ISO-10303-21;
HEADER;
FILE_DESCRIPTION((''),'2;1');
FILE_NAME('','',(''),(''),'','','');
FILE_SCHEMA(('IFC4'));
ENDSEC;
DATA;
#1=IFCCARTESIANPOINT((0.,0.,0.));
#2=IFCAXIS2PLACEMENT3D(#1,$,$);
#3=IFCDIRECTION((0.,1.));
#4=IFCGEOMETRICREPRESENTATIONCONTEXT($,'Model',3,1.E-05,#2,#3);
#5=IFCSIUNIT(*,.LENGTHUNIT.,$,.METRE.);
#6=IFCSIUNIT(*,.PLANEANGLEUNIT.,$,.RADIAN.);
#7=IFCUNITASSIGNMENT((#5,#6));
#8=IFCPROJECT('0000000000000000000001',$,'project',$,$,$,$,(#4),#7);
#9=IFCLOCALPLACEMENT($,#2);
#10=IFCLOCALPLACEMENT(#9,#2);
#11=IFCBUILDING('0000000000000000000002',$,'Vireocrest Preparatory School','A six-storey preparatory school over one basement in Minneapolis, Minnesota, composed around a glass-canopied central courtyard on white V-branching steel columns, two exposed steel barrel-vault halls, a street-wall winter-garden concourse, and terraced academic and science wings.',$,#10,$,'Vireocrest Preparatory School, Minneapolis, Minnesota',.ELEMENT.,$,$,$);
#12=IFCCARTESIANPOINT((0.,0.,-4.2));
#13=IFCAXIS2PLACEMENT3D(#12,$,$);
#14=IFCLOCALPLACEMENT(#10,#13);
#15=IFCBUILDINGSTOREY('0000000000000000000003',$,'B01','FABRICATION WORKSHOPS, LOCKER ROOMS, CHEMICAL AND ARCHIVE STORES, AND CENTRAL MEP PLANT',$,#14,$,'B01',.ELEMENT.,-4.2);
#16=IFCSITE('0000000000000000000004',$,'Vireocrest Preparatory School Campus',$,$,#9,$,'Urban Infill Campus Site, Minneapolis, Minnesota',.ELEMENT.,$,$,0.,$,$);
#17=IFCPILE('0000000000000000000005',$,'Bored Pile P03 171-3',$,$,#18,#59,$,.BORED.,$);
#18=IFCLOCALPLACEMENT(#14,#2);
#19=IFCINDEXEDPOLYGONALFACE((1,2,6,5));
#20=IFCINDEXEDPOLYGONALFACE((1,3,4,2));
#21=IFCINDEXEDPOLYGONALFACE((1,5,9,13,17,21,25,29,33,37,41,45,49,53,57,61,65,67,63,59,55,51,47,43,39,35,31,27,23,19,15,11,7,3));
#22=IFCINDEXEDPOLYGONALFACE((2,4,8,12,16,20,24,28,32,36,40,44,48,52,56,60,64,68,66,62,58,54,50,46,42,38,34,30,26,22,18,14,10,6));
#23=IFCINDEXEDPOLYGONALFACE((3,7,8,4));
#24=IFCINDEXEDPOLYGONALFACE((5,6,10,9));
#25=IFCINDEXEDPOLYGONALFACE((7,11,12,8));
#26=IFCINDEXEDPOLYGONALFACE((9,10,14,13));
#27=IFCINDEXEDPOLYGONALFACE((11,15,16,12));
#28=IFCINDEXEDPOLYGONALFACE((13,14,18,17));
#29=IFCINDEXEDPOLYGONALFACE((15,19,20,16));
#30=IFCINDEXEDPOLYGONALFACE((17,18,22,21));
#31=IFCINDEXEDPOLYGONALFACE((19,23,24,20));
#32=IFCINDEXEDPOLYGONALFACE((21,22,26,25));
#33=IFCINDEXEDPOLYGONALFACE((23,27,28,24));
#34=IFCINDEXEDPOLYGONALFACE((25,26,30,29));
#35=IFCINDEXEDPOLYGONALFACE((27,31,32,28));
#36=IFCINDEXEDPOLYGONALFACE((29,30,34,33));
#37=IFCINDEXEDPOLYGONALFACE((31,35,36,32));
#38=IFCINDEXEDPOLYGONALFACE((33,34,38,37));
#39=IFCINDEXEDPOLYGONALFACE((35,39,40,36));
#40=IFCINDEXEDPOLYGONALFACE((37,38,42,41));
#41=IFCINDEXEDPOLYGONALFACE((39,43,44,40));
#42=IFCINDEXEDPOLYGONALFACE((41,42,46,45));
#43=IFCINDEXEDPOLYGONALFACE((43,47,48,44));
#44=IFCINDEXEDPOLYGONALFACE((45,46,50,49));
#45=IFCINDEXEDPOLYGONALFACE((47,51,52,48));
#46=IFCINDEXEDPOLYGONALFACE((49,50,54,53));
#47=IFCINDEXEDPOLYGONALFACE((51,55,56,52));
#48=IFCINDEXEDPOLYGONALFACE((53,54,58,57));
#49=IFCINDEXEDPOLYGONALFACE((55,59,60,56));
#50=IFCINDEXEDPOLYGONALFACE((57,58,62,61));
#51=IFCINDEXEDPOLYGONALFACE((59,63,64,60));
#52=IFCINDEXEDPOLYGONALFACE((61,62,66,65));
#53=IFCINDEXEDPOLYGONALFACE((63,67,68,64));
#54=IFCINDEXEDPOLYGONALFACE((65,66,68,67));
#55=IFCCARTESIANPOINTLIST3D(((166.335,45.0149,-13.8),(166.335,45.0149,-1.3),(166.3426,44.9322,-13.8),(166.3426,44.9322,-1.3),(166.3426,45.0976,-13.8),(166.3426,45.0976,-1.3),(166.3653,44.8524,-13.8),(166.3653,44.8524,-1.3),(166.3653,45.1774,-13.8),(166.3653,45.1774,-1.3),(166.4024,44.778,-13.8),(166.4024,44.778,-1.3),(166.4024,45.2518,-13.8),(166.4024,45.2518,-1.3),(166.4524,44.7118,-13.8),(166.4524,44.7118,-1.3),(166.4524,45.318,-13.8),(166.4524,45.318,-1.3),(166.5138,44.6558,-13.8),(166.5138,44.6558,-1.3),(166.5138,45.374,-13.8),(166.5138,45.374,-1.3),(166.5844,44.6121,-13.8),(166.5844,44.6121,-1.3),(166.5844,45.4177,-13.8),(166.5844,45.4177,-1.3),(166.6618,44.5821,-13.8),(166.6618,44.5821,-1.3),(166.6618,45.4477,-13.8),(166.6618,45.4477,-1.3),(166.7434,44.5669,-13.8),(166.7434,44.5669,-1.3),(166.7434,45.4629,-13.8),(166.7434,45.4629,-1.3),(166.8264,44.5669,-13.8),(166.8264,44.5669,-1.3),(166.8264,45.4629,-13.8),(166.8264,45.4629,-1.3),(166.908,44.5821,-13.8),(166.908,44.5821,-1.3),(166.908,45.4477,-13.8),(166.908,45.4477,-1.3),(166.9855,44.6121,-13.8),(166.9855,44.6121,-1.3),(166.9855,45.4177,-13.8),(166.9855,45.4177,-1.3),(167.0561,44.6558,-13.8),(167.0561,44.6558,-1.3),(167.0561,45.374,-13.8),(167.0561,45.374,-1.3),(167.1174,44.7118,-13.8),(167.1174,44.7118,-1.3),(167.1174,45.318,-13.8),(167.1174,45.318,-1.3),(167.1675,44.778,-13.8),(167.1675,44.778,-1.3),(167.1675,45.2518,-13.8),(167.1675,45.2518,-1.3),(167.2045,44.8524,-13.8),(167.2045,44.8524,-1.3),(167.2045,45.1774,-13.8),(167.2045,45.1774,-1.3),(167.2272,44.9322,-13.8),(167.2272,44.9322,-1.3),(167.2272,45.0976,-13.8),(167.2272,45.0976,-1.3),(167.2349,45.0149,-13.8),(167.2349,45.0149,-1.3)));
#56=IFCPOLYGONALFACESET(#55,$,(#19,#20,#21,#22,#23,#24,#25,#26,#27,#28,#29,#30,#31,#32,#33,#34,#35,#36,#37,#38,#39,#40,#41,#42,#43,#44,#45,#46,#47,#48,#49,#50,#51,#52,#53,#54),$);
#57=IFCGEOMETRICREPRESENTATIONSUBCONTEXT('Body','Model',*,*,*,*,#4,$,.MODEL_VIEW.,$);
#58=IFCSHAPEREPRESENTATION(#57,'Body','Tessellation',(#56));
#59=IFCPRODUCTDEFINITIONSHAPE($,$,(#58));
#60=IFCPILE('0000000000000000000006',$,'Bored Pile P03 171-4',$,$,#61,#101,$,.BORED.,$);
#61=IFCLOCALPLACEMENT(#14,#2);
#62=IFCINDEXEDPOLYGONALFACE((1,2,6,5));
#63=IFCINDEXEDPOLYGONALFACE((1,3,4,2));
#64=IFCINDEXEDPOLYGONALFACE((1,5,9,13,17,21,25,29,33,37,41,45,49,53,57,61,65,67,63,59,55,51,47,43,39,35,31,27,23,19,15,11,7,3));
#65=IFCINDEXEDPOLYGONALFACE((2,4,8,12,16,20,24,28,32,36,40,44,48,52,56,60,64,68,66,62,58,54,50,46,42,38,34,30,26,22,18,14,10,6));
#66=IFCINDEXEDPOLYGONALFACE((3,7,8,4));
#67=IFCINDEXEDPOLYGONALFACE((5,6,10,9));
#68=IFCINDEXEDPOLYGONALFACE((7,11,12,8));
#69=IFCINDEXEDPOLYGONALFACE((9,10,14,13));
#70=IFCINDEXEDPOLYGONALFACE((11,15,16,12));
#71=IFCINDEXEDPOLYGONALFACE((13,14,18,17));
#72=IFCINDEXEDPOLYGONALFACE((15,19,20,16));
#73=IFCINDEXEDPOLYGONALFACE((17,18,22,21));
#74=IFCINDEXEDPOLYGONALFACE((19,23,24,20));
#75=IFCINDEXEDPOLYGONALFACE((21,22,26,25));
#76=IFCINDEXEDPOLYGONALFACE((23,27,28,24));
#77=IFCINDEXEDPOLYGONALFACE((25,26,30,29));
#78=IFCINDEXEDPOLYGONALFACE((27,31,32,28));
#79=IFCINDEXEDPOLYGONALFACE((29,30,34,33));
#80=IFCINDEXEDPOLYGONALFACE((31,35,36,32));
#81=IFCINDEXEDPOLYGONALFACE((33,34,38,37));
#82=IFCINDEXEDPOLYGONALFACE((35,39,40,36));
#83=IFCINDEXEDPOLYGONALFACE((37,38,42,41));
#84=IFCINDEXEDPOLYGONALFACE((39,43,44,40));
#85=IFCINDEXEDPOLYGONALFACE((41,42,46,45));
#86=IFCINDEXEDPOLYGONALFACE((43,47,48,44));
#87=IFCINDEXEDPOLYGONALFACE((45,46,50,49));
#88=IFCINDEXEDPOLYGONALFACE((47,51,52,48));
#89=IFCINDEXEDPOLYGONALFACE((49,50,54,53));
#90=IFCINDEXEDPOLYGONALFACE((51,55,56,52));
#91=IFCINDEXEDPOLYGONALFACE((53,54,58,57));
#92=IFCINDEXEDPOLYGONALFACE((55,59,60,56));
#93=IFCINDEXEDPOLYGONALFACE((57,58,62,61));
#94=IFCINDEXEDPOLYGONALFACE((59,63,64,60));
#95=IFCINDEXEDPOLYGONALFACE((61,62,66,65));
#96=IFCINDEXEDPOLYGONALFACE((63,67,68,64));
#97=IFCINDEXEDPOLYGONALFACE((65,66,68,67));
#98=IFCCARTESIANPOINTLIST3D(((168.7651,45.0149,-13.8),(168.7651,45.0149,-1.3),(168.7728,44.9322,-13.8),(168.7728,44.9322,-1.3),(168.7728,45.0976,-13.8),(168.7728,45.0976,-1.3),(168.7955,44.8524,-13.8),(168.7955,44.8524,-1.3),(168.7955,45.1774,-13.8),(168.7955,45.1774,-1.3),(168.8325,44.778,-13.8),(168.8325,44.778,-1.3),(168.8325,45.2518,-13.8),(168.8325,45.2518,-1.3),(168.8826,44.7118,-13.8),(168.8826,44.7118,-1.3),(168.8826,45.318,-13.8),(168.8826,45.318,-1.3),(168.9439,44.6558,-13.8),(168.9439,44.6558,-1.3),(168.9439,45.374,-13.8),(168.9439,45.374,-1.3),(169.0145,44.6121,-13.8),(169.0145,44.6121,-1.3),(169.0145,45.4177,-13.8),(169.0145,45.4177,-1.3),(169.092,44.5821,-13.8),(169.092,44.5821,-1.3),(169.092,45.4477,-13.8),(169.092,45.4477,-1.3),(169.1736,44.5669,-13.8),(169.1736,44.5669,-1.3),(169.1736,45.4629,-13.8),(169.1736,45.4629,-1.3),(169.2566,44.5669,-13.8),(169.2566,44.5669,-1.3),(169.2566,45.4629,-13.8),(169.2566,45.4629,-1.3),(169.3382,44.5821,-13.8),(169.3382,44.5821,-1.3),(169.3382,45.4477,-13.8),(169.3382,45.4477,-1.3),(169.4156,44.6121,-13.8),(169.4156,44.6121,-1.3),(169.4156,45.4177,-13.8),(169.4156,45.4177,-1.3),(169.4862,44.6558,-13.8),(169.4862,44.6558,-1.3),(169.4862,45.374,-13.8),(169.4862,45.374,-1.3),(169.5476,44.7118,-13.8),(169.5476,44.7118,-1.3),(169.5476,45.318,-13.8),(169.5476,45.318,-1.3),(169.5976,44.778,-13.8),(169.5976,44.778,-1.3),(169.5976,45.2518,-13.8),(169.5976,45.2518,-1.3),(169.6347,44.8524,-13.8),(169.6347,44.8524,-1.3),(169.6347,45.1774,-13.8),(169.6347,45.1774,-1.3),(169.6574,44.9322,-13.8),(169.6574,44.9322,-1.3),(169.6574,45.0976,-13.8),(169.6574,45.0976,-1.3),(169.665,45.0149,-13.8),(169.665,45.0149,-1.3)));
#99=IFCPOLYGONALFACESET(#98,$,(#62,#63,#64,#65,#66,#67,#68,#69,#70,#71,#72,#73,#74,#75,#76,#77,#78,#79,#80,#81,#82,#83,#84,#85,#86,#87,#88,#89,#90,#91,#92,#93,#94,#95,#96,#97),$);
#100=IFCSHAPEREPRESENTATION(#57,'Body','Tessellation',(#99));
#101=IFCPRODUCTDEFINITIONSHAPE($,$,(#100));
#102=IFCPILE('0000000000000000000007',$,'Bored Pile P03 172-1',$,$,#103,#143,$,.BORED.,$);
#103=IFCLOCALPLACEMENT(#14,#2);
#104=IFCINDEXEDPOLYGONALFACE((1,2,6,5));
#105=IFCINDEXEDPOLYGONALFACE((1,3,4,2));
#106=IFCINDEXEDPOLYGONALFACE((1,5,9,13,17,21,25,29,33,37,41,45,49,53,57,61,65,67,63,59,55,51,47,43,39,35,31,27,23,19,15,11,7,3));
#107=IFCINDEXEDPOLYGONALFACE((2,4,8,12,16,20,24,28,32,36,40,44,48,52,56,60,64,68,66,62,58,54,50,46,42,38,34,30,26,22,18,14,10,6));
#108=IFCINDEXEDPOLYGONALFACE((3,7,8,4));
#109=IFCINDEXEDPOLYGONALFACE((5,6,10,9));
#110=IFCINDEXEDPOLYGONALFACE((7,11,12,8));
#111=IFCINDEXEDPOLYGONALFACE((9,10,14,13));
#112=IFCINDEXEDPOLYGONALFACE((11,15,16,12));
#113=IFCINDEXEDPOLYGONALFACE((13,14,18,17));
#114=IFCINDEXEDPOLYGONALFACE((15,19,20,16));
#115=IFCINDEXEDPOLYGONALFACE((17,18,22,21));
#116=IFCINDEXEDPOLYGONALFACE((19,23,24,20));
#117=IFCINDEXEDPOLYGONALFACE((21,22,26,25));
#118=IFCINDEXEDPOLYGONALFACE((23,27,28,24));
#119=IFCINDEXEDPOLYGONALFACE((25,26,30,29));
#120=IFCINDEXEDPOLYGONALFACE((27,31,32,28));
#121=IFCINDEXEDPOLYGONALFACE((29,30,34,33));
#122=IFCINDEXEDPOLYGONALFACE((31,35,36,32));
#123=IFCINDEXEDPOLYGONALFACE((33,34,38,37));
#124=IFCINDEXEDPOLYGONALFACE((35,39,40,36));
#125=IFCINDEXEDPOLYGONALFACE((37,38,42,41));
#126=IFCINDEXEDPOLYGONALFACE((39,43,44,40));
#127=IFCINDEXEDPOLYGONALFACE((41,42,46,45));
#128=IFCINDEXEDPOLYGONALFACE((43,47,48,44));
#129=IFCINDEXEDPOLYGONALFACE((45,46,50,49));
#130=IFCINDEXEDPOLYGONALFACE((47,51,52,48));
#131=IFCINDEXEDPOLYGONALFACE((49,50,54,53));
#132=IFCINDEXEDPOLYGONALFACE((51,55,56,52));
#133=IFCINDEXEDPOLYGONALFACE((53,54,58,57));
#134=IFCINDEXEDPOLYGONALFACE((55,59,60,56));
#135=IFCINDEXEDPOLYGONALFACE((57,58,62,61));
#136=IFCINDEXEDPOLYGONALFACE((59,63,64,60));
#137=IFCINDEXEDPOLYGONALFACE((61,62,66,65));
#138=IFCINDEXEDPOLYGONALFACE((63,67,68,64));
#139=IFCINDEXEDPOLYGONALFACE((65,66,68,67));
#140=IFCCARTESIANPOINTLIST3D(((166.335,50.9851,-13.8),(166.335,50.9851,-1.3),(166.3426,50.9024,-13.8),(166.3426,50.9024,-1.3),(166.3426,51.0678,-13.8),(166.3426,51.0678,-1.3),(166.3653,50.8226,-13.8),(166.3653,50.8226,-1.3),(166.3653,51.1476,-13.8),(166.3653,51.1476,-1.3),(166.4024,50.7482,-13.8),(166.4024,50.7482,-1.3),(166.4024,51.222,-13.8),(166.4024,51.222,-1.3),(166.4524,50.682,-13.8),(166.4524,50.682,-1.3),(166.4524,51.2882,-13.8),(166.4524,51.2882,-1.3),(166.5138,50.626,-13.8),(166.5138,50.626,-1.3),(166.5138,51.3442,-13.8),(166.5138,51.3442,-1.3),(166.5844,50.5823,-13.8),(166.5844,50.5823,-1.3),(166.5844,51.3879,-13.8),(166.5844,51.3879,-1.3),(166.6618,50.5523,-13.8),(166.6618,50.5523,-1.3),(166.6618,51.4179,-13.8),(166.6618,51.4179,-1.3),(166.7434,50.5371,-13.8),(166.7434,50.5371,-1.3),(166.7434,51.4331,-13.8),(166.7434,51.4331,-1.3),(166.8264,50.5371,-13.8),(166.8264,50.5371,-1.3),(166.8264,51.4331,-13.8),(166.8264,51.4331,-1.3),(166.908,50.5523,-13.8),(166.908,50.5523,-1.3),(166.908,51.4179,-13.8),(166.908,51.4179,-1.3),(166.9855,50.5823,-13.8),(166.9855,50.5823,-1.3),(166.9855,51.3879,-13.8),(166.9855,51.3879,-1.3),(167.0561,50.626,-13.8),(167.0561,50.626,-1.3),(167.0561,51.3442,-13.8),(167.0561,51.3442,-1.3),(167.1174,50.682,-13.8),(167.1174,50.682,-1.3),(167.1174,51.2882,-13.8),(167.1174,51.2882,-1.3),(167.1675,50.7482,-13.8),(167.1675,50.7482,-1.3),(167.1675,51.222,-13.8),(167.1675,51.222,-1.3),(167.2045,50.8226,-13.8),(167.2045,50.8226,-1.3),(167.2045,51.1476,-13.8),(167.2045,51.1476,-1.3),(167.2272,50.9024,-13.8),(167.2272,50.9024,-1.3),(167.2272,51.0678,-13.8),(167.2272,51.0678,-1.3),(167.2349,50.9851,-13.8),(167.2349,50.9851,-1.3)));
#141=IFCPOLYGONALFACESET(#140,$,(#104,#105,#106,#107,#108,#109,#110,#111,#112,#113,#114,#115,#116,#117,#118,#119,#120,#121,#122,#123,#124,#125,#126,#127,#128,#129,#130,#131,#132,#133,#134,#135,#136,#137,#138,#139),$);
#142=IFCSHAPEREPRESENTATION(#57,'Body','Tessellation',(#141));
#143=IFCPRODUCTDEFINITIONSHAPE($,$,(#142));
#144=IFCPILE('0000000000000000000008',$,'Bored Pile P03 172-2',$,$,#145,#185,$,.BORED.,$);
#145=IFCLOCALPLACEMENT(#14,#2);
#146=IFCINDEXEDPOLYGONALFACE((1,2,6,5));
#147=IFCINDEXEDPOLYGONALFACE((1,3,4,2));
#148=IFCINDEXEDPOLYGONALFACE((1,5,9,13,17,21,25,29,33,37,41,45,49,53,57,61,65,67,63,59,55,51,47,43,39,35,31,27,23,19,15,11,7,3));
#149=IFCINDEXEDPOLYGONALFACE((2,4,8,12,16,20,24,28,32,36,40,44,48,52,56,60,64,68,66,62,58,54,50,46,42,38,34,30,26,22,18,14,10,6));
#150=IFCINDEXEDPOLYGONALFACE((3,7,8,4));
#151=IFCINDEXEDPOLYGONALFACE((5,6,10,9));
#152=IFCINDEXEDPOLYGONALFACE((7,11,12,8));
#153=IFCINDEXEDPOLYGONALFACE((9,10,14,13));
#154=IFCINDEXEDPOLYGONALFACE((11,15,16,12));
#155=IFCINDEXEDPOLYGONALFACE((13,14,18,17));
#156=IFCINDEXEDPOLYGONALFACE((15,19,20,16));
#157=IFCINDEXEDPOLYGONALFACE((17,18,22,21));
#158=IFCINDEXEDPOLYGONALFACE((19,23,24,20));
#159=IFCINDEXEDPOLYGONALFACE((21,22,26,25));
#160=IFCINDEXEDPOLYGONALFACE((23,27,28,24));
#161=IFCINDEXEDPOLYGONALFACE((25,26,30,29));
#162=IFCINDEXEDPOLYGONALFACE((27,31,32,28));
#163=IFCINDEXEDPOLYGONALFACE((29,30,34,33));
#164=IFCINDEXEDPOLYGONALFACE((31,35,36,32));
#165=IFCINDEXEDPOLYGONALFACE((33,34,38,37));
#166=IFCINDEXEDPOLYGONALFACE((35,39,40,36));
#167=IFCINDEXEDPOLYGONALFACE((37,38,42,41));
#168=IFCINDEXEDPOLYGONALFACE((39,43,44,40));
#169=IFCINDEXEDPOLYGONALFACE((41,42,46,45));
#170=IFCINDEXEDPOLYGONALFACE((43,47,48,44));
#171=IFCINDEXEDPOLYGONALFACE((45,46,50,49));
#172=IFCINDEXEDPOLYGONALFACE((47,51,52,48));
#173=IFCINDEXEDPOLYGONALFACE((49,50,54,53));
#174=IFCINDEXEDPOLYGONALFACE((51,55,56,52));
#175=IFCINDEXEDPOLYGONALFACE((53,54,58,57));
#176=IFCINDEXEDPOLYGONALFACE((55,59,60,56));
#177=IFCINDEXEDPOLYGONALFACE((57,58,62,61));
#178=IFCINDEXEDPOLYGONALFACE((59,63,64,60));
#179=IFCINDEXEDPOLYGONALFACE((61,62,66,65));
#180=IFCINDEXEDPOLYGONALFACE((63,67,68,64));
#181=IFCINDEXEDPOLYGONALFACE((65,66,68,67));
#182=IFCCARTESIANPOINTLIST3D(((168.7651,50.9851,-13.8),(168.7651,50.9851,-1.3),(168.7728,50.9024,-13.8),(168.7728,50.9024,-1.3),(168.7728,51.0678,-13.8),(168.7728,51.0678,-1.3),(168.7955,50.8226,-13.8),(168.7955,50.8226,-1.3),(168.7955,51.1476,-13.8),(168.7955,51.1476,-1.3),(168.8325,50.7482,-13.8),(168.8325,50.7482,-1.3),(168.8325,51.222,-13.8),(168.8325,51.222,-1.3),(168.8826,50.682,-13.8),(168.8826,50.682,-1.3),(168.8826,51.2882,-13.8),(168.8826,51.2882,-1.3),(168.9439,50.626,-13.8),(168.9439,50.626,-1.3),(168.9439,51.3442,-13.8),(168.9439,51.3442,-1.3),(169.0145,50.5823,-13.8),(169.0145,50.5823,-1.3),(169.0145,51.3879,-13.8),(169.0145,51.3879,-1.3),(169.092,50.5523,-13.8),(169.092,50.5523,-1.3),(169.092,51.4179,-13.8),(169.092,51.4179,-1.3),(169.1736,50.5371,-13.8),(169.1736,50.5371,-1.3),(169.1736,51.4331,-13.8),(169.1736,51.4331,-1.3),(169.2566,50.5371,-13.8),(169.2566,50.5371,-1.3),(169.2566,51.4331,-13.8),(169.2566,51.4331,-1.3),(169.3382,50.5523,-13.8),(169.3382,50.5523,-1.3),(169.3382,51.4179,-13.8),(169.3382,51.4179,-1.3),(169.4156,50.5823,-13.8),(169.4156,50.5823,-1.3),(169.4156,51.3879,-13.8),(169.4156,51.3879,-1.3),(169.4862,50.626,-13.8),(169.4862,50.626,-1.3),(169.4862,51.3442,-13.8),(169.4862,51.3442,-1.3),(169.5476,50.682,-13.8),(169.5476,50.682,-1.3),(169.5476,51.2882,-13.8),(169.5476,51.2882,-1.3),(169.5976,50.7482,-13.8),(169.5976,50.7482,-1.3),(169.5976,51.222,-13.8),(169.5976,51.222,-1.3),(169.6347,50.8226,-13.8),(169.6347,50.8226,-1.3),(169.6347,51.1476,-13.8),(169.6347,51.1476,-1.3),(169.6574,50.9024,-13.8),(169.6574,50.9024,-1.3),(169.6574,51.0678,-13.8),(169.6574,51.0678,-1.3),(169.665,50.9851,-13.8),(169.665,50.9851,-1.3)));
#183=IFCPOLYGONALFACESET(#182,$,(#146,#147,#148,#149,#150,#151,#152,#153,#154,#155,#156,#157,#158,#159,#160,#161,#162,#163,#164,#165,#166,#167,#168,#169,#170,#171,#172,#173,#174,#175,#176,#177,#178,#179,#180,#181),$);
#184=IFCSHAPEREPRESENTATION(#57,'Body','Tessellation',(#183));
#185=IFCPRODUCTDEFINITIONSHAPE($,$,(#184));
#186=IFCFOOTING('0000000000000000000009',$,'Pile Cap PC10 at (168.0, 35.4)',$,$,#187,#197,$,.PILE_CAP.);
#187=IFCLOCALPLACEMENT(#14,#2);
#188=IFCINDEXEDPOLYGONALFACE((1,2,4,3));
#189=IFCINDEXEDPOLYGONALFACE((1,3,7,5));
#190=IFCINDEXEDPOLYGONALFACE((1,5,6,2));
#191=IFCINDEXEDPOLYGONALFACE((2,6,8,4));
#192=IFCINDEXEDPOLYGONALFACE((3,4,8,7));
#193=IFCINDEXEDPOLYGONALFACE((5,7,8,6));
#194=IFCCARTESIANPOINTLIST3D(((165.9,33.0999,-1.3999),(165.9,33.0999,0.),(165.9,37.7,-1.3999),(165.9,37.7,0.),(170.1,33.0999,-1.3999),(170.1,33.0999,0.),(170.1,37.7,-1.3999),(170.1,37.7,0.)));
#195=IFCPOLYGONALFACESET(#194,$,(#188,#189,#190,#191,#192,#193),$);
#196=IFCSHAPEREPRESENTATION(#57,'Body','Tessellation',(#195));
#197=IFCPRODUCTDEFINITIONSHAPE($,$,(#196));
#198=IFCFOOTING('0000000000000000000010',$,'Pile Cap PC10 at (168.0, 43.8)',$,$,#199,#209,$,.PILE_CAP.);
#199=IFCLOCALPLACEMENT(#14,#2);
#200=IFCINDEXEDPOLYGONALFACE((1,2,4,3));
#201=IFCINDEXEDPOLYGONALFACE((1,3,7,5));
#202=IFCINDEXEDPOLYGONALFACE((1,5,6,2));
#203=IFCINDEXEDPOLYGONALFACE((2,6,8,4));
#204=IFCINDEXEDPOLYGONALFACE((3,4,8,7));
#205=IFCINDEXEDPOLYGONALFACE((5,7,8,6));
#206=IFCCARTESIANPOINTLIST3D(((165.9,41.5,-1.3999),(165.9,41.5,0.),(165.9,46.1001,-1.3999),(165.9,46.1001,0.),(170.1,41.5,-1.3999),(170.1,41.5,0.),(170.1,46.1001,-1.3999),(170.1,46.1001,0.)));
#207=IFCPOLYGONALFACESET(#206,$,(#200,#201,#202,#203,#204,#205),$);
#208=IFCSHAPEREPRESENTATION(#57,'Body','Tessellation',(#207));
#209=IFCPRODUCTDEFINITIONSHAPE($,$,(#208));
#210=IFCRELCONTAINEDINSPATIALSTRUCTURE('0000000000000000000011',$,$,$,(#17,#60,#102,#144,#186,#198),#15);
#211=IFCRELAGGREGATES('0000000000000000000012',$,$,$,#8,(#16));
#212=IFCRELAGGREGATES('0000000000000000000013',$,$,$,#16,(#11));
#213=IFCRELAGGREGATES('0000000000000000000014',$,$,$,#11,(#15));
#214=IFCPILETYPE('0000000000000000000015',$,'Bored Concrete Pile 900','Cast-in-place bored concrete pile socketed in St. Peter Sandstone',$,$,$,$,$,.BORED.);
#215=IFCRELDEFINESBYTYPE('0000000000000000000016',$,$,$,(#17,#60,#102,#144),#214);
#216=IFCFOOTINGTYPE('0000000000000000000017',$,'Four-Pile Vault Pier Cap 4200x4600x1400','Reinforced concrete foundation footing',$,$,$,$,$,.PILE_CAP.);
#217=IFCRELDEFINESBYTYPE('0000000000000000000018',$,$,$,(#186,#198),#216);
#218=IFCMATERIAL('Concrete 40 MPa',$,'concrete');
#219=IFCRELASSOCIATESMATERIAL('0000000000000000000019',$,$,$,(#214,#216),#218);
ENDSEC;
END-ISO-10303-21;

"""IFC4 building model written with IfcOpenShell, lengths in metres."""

from ifc_helpers import new_model, si_unit, direction, frame, origin, origin_2d, place, context, subcontext, project, spatial, rectangle, circle, extrude, material, material_profile, profile_set, type_object, element, save


model = new_model("IFC4")

# Units and contexts
model_context = context("Model", 3, precision=1e-05, world=origin(), true_north=direction((0.0, 1.0)))
body_context = subcontext(model_context, "Body", "Model", "MODEL_VIEW")
ifc_project = project(units=[si_unit("LENGTHUNIT", "METRE"), si_unit("PLANEANGLEUNIT", "RADIAN")], contexts=[model_context])

# Site, building, storey
site_placement = place(None, origin())
site = spatial("IfcSite", under=ifc_project, at=site_placement, Name="Vireocrest Preparatory School Campus", LongName="Urban Infill Campus Site, Minneapolis, Minnesota", CompositionType="ELEMENT", RefElevation=0.0)
building_placement = place(site_placement, origin())
building = spatial("IfcBuilding", under=site, at=building_placement, Name="Vireocrest Preparatory School", Description="A six-storey preparatory school over one basement in Minneapolis, Minnesota, composed around a glass-canopied central courtyard on white V-branching steel columns, two exposed steel barrel-vault halls, a street-wall winter-garden concourse, and terraced academic and science wings.", LongName="Vireocrest Preparatory School, Minneapolis, Minnesota", CompositionType="ELEMENT")
storey_placement = place(building_placement, frame((0.0, 0.0, -4.2)))
storey = spatial("IfcBuildingStorey", under=building, at=storey_placement, Name="B01", Description="FABRICATION WORKSHOPS, LOCKER ROOMS, CHEMICAL AND ARCHIVE STORES, AND CENTRAL MEP PLANT", LongName="B01", CompositionType="ELEMENT", Elevation=-4.2)

# Piles
ifc_material_1 = material(Name="Concrete 40 MPa", Category="concrete")
ifc_material_profile_1 = material_profile(ifc_material_1, circle(Radius=0.45, at=origin_2d()), Name="BORED PILE 900")
ifc_profile_set_1 = profile_set([ifc_material_profile_1], Name="Concrete 40 MPa")
pile_type = type_object("IfcPileType", Name="Bored Concrete Pile 900", Description="Cast-in-place bored concrete pile socketed in St. Peter Sandstone", PredefinedType="BORED", material=ifc_profile_set_1)
for number, where, z_axis, x_axis, name in (
    (1, (166.7849, 45.0149, -1.3), (0.0, 0.0, -1.0), (1.0, 0.0, 0.0), "Bored Pile P03 171-3"),
    (2, (169.2151, 45.0149, -1.3), (0.0, 0.0, -1.0), (1.0, 0.0, 0.0), "Bored Pile P03 171-4"),
    (3, (166.7849, 50.9851, -1.3), (0.0, 0.0, -1.0), (1.0, 0.0, 0.0), "Bored Pile P03 172-1"),
    (4, (169.2151, 50.9851, -1.3), (0.0, 0.0, -1.0), (1.0, 0.0, 0.0), "Bored Pile P03 172-2"),
):
    element("IfcPile", number, at=place(storey_placement, frame(where, z_axis=z_axis, x_axis=x_axis)), inside=storey, type_object=pile_type, Name=name, PredefinedType="BORED", context=body_context, shape_type="SweptSolid", body=[
        extrude(circle(Radius=0.45, at=origin_2d()), origin(), (0.0, 0.0, 1.0), 12.5),
    ])

# Footings
footing_type_1 = type_object("IfcFootingType", Name="Four-Pile Vault Pier Cap 4200x4600x1400", Description="Reinforced concrete foundation footing", PredefinedType="PILE_CAP", material=ifc_material_1)
for number, where, z_axis, x_axis, name in (
    (5, (168.0, 35.3999, -1.3999), (0.0, 0.0, 1.0), (1.0, 0.0, 0.0), "Pile Cap PC10 at (168.0, 35.4)"),
    (6, (168.0, 43.8, -1.3999), (0.0, 0.0, 1.0), (1.0, 0.0, 0.0), "Pile Cap PC10 at (168.0, 43.8)"),
):
    element("IfcFooting", number, at=place(storey_placement, frame(where, z_axis=z_axis, x_axis=x_axis)), inside=storey, type_object=footing_type_1, Name=name, PredefinedType="PILE_CAP", context=body_context, shape_type="SweptSolid", body=[
        extrude(rectangle(XDim=4.2, YDim=4.6001, at=origin_2d()), origin(), (0.0, 0.0, 1.0), 1.3999),
    ])

save(model, "model.ifc")
